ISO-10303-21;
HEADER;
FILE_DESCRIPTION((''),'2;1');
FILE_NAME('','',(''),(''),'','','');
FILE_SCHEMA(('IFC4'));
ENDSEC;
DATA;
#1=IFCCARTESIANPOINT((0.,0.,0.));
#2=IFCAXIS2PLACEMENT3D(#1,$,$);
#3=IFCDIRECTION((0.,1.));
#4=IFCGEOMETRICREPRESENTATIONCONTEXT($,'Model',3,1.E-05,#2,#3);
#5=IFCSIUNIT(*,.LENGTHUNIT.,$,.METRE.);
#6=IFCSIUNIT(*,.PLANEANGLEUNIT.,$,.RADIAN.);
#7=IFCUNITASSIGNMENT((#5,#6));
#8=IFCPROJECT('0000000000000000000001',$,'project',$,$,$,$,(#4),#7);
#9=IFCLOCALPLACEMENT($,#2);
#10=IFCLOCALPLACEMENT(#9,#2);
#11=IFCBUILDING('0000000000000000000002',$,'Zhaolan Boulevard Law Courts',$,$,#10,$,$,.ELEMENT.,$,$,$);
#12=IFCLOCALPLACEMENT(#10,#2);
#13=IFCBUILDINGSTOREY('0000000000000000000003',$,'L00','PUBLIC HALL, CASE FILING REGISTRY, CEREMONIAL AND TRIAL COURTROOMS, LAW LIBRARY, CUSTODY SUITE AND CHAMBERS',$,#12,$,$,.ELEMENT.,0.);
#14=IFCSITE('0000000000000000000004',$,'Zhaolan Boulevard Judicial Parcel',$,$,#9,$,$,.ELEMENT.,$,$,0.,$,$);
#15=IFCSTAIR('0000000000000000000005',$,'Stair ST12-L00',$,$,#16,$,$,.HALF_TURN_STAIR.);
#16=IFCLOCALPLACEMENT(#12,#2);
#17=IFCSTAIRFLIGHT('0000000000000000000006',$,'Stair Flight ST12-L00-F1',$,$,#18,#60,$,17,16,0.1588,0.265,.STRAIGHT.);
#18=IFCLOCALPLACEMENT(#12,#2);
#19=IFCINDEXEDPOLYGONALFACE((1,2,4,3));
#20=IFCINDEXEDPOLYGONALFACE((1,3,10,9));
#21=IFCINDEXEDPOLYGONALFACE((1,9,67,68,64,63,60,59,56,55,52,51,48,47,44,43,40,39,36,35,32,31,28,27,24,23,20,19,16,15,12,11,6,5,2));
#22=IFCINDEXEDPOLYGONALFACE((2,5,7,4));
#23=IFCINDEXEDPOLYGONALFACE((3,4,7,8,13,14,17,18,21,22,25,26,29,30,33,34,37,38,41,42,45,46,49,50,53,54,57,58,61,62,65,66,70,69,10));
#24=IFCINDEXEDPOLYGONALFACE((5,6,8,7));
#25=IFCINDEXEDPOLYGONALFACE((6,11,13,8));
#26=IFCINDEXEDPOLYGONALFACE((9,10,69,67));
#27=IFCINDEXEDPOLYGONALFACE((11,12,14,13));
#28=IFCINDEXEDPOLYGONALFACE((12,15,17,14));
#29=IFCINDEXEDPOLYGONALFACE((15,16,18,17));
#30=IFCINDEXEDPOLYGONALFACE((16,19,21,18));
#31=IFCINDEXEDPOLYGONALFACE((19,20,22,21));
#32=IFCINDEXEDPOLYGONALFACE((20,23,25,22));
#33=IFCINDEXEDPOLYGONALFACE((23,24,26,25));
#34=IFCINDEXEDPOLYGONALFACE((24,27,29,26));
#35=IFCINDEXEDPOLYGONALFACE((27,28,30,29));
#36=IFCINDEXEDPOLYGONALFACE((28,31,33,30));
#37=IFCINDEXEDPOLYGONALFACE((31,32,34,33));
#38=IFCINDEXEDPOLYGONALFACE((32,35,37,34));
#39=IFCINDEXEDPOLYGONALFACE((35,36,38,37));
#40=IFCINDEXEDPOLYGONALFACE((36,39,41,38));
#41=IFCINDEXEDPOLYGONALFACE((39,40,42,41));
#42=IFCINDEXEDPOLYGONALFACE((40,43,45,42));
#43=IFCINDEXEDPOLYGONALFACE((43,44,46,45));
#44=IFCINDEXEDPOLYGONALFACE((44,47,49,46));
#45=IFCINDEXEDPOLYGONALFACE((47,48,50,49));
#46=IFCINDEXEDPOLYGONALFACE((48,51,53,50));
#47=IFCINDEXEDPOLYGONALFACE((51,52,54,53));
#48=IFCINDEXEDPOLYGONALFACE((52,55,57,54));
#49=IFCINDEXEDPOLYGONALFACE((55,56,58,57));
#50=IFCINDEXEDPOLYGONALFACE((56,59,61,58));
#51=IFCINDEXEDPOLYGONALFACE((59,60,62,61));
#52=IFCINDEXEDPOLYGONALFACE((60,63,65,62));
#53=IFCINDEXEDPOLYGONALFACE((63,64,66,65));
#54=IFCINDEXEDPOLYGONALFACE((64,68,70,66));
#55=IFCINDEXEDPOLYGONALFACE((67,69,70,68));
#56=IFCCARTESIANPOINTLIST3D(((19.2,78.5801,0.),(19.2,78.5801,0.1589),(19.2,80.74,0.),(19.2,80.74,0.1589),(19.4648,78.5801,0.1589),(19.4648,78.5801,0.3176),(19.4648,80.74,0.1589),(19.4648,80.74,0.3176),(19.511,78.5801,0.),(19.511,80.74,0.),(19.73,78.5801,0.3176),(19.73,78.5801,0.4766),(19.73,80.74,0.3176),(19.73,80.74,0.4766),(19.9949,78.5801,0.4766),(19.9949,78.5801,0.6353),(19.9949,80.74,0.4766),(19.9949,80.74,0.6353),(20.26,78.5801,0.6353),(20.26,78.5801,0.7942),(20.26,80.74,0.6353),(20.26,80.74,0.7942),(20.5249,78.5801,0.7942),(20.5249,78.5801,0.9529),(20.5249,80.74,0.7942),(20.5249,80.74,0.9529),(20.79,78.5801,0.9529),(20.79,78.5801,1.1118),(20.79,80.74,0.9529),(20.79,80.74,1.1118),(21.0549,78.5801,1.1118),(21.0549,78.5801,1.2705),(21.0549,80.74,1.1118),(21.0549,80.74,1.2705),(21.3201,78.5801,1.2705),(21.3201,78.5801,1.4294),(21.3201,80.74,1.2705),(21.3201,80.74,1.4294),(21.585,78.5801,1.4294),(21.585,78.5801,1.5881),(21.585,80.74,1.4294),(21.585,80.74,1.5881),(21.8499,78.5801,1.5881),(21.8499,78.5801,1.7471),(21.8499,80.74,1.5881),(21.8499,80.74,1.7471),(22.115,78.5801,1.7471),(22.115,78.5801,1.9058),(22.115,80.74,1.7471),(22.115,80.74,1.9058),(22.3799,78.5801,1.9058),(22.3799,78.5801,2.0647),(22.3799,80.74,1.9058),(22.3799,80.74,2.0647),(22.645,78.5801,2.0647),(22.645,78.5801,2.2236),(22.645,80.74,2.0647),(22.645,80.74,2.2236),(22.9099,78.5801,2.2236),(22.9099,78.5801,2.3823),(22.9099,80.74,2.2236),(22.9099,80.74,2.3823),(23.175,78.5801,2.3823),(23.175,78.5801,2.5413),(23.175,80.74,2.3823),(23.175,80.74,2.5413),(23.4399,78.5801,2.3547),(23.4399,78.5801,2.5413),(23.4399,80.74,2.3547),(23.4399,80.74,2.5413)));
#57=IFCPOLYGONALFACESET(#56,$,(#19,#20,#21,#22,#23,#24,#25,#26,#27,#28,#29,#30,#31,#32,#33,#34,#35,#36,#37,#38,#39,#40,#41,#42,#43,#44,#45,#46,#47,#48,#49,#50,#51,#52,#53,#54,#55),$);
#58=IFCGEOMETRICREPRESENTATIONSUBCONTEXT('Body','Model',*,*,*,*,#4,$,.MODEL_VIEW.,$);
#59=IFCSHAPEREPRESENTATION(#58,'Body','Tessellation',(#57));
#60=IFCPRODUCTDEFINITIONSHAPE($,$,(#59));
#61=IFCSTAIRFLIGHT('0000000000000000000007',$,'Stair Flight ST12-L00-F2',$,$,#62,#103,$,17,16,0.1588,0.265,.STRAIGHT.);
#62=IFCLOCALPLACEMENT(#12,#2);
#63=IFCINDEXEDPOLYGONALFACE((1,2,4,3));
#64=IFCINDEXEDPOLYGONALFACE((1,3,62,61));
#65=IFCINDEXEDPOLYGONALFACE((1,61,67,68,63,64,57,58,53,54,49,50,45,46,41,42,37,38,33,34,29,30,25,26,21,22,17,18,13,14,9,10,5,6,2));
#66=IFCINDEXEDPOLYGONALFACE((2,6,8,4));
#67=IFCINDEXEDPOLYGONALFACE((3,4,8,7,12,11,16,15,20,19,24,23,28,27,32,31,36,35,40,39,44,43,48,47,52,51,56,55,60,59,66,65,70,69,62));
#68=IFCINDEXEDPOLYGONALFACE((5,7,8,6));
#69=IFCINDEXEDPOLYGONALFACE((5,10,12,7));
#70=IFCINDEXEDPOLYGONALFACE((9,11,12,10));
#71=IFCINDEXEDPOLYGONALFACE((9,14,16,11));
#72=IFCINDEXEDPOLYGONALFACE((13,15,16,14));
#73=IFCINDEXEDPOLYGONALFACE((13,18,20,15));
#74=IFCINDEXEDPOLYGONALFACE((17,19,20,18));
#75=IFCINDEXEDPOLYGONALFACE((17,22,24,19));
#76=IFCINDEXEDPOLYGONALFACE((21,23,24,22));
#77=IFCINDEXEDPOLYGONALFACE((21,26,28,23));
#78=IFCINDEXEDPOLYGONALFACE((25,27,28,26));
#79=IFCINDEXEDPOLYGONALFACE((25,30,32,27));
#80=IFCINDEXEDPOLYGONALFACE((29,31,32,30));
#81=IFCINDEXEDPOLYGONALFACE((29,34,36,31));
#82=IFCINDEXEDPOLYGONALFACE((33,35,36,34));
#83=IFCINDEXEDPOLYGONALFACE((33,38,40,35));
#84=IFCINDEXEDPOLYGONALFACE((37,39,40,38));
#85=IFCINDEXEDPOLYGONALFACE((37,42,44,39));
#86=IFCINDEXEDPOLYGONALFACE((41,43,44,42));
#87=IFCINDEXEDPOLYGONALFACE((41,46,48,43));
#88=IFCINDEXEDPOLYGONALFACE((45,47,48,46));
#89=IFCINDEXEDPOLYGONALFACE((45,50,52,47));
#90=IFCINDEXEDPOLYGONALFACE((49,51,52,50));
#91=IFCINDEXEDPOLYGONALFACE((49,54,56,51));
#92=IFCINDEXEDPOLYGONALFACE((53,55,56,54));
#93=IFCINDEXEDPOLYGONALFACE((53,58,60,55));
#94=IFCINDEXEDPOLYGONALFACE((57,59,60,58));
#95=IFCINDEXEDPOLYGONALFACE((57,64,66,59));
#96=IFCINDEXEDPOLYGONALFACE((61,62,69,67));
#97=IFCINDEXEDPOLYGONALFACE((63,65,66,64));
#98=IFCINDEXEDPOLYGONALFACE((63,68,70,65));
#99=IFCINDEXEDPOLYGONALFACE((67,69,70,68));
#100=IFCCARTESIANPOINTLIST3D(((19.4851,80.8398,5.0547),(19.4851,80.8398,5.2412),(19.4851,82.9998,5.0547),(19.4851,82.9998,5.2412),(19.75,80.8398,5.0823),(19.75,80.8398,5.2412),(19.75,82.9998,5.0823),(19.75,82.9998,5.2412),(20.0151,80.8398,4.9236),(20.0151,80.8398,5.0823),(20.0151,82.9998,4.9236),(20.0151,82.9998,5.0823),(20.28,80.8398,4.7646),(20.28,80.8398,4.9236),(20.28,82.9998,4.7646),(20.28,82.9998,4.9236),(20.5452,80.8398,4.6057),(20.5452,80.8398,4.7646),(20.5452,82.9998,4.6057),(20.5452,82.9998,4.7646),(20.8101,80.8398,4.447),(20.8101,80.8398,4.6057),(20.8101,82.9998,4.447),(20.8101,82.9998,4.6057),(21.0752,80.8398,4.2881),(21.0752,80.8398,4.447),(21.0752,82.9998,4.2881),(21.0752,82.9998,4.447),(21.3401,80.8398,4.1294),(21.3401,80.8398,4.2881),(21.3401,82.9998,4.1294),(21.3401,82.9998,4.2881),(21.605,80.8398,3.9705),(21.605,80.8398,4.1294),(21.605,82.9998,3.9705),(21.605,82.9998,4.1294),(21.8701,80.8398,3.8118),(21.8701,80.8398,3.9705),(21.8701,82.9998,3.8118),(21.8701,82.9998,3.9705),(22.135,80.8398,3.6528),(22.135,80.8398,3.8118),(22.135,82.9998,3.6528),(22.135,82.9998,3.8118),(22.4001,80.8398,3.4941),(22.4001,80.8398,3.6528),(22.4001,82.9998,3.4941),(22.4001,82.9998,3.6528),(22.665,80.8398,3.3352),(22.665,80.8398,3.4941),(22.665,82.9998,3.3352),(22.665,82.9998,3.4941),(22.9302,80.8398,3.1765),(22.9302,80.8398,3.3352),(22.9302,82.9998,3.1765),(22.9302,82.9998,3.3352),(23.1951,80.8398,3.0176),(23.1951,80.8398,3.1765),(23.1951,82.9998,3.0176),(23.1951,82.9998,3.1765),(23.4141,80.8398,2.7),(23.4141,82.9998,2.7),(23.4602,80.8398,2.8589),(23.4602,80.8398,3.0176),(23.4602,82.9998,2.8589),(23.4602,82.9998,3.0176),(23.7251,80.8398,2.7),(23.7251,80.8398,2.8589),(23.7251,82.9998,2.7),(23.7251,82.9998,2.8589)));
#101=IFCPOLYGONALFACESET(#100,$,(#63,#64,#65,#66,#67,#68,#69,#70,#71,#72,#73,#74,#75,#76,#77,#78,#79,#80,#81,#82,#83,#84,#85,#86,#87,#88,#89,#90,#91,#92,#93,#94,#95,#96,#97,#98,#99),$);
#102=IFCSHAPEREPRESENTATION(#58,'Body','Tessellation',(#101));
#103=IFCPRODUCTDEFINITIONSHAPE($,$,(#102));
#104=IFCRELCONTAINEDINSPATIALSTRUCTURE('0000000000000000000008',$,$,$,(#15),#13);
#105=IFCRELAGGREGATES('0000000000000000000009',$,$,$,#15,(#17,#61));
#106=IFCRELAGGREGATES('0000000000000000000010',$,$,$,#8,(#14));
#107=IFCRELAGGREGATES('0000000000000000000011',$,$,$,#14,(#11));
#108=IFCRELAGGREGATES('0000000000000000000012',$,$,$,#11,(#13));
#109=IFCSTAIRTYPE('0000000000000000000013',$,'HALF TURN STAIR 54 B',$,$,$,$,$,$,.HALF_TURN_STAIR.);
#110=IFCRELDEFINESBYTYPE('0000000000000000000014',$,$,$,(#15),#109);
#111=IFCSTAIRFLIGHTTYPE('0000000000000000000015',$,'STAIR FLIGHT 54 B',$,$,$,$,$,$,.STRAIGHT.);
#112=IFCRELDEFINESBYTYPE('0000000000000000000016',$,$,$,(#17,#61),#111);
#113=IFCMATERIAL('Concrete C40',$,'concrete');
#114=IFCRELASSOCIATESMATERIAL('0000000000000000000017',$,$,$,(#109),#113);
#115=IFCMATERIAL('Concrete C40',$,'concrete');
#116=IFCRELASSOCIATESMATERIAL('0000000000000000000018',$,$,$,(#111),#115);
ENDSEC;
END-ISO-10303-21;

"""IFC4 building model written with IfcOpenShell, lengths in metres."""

from ifc_helpers import new_model, si_unit, direction, frame, origin, place, context, subcontext, project, spatial, polyline, outline, extrude, material, type_object, element, aggregate, save


model = new_model("IFC4")

# Units and contexts
model_context = context("Model", 3, precision=1e-05, world=origin(), true_north=direction((0.0, 1.0)))
body_context = subcontext(model_context, "Body", "Model", "MODEL_VIEW")
ifc_project = project(units=[si_unit("LENGTHUNIT", "METRE"), si_unit("PLANEANGLEUNIT", "RADIAN")], contexts=[model_context])

# Site, building, storey
site_placement = place(None, origin())
site = spatial("IfcSite", under=ifc_project, at=site_placement, Name="Zhaolan Boulevard Judicial Parcel", CompositionType="ELEMENT", RefElevation=0.0)
building_placement = place(site_placement, origin())
building = spatial("IfcBuilding", under=site, at=building_placement, Name="Zhaolan Boulevard Law Courts", CompositionType="ELEMENT")
storey_placement = place(building_placement, origin())
storey = spatial("IfcBuildingStorey", under=building, at=storey_placement, Name="L00", Description="PUBLIC HALL, CASE FILING REGISTRY, CEREMONIAL AND TRIAL COURTROOMS, LAW LIBRARY, CUSTODY SUITE AND CHAMBERS", CompositionType="ELEMENT", Elevation=0.0)

# Stair, stair flights
ifc_material_1 = material(Name="Concrete C40", Category="concrete")
stair_type = type_object("IfcStairType", Name="HALF TURN STAIR 54 B", PredefinedType="HALF_TURN_STAIR", material=ifc_material_1)
stair_placement = place(storey_placement, origin())
stair = element("IfcStair", 1, at=stair_placement, inside=storey, type_object=stair_type, Name="Stair ST12-L00", PredefinedType="HALF_TURN_STAIR")
ifc_material_2 = material(Name="Concrete C40", Category="concrete")
stair_flight_type = type_object("IfcStairFlightType", Name="STAIR FLIGHT 54 B", PredefinedType="STRAIGHT", material=ifc_material_2)
stair_flight_1_placement = place(storey_placement, frame((19.2, 79.6599, 0.0), z_axis=(0.0, 0.0, 1.0), x_axis=(1.0, 0.0, 0.0)))
stair_flight_1 = element("IfcStairFlight", 2, at=stair_flight_1_placement, type_object=stair_flight_type, Name="Stair Flight ST12-L00-F1", NumberOfRisers=17, NumberOfTreads=16, PredefinedType="STRAIGHT", RiserHeight=0.1588, TreadLength=0.265, context=body_context, shape_type="SweptSolid", body=[
    extrude(outline(polyline([(0.0, 0.0), (0.0, 0.1589), (0.2649, 0.1589), (0.2649, 0.3176), (0.53, 0.3176), (0.53, 0.4766), (0.7949, 0.4766), (0.7949, 0.6353), (1.0601, 0.6353), (1.0601, 0.7942), (1.325, 0.7942), (1.325, 0.9529), (1.5901, 0.9529), (1.5901, 1.1118), (1.855, 1.1118), (1.855, 1.2705), (2.1201, 1.2705), (2.1201, 1.4294), (2.385, 1.4294), (2.385, 1.5881), (2.6499, 1.5881), (2.6499, 1.7471), (2.915, 1.7471), (2.915, 1.9058), (3.1799, 1.9058), (3.1799, 2.0647), (3.4451, 2.0647), (3.4451, 2.2236), (3.71, 2.2236), (3.71, 2.3823), (3.9751, 2.3823), (3.9751, 2.5413), (4.24, 2.5413), (4.24, 2.7), (4.24, 2.3547), (0.311, 0.0), (0.0, 0.0)])), frame((0.0, 1.0801, 0.0), z_axis=(0.0, -1.0, 0.0), x_axis=(1.0, 0.0, 0.0)), (0.0, 0.0, 1.0), 2.1599),
])
stair_flight_2_placement = place(storey_placement, frame((23.7251, 81.9199, 2.7), z_axis=(0.0, 0.0, 1.0), x_axis=(-1.0, 0.0, 0.0)))
stair_flight_2 = element("IfcStairFlight", 3, at=stair_flight_2_placement, type_object=stair_flight_type, Name="Stair Flight ST12-L00-F2", NumberOfRisers=17, NumberOfTreads=16, PredefinedType="STRAIGHT", RiserHeight=0.1588, TreadLength=0.265, context=body_context, shape_type="SweptSolid", body=[
    extrude(outline(polyline([(0.0, 0.0), (0.0, 0.1589), (0.2649, 0.1589), (0.2649, 0.3176), (0.53, 0.3176), (0.53, 0.4766), (0.7949, 0.4766), (0.7949, 0.6353), (1.0601, 0.6353), (1.0601, 0.7942), (1.325, 0.7942), (1.325, 0.9529), (1.5901, 0.9529), (1.5901, 1.1118), (1.855, 1.1118), (1.855, 1.2705), (2.1201, 1.2705), (2.1201, 1.4294), (2.385, 1.4294), (2.385, 1.5881), (2.6499, 1.5881), (2.6499, 1.7471), (2.915, 1.7471), (2.915, 1.9058), (3.1799, 1.9058), (3.1799, 2.0647), (3.4451, 2.0647), (3.4451, 2.2236), (3.71, 2.2236), (3.71, 2.3823), (3.9751, 2.3823), (3.9751, 2.5413), (4.24, 2.5413), (4.24, 2.7), (4.24, 2.3547), (0.311, 0.0), (0.0, 0.0)])), frame((0.0, 1.0801, 0.0), z_axis=(0.0, -1.0, 0.0), x_axis=(1.0, 0.0, 0.0)), (0.0, 0.0, 1.0), 2.1599),
])
aggregate(stair, [stair_flight_1, stair_flight_2])

save(model, "model.ifc")
